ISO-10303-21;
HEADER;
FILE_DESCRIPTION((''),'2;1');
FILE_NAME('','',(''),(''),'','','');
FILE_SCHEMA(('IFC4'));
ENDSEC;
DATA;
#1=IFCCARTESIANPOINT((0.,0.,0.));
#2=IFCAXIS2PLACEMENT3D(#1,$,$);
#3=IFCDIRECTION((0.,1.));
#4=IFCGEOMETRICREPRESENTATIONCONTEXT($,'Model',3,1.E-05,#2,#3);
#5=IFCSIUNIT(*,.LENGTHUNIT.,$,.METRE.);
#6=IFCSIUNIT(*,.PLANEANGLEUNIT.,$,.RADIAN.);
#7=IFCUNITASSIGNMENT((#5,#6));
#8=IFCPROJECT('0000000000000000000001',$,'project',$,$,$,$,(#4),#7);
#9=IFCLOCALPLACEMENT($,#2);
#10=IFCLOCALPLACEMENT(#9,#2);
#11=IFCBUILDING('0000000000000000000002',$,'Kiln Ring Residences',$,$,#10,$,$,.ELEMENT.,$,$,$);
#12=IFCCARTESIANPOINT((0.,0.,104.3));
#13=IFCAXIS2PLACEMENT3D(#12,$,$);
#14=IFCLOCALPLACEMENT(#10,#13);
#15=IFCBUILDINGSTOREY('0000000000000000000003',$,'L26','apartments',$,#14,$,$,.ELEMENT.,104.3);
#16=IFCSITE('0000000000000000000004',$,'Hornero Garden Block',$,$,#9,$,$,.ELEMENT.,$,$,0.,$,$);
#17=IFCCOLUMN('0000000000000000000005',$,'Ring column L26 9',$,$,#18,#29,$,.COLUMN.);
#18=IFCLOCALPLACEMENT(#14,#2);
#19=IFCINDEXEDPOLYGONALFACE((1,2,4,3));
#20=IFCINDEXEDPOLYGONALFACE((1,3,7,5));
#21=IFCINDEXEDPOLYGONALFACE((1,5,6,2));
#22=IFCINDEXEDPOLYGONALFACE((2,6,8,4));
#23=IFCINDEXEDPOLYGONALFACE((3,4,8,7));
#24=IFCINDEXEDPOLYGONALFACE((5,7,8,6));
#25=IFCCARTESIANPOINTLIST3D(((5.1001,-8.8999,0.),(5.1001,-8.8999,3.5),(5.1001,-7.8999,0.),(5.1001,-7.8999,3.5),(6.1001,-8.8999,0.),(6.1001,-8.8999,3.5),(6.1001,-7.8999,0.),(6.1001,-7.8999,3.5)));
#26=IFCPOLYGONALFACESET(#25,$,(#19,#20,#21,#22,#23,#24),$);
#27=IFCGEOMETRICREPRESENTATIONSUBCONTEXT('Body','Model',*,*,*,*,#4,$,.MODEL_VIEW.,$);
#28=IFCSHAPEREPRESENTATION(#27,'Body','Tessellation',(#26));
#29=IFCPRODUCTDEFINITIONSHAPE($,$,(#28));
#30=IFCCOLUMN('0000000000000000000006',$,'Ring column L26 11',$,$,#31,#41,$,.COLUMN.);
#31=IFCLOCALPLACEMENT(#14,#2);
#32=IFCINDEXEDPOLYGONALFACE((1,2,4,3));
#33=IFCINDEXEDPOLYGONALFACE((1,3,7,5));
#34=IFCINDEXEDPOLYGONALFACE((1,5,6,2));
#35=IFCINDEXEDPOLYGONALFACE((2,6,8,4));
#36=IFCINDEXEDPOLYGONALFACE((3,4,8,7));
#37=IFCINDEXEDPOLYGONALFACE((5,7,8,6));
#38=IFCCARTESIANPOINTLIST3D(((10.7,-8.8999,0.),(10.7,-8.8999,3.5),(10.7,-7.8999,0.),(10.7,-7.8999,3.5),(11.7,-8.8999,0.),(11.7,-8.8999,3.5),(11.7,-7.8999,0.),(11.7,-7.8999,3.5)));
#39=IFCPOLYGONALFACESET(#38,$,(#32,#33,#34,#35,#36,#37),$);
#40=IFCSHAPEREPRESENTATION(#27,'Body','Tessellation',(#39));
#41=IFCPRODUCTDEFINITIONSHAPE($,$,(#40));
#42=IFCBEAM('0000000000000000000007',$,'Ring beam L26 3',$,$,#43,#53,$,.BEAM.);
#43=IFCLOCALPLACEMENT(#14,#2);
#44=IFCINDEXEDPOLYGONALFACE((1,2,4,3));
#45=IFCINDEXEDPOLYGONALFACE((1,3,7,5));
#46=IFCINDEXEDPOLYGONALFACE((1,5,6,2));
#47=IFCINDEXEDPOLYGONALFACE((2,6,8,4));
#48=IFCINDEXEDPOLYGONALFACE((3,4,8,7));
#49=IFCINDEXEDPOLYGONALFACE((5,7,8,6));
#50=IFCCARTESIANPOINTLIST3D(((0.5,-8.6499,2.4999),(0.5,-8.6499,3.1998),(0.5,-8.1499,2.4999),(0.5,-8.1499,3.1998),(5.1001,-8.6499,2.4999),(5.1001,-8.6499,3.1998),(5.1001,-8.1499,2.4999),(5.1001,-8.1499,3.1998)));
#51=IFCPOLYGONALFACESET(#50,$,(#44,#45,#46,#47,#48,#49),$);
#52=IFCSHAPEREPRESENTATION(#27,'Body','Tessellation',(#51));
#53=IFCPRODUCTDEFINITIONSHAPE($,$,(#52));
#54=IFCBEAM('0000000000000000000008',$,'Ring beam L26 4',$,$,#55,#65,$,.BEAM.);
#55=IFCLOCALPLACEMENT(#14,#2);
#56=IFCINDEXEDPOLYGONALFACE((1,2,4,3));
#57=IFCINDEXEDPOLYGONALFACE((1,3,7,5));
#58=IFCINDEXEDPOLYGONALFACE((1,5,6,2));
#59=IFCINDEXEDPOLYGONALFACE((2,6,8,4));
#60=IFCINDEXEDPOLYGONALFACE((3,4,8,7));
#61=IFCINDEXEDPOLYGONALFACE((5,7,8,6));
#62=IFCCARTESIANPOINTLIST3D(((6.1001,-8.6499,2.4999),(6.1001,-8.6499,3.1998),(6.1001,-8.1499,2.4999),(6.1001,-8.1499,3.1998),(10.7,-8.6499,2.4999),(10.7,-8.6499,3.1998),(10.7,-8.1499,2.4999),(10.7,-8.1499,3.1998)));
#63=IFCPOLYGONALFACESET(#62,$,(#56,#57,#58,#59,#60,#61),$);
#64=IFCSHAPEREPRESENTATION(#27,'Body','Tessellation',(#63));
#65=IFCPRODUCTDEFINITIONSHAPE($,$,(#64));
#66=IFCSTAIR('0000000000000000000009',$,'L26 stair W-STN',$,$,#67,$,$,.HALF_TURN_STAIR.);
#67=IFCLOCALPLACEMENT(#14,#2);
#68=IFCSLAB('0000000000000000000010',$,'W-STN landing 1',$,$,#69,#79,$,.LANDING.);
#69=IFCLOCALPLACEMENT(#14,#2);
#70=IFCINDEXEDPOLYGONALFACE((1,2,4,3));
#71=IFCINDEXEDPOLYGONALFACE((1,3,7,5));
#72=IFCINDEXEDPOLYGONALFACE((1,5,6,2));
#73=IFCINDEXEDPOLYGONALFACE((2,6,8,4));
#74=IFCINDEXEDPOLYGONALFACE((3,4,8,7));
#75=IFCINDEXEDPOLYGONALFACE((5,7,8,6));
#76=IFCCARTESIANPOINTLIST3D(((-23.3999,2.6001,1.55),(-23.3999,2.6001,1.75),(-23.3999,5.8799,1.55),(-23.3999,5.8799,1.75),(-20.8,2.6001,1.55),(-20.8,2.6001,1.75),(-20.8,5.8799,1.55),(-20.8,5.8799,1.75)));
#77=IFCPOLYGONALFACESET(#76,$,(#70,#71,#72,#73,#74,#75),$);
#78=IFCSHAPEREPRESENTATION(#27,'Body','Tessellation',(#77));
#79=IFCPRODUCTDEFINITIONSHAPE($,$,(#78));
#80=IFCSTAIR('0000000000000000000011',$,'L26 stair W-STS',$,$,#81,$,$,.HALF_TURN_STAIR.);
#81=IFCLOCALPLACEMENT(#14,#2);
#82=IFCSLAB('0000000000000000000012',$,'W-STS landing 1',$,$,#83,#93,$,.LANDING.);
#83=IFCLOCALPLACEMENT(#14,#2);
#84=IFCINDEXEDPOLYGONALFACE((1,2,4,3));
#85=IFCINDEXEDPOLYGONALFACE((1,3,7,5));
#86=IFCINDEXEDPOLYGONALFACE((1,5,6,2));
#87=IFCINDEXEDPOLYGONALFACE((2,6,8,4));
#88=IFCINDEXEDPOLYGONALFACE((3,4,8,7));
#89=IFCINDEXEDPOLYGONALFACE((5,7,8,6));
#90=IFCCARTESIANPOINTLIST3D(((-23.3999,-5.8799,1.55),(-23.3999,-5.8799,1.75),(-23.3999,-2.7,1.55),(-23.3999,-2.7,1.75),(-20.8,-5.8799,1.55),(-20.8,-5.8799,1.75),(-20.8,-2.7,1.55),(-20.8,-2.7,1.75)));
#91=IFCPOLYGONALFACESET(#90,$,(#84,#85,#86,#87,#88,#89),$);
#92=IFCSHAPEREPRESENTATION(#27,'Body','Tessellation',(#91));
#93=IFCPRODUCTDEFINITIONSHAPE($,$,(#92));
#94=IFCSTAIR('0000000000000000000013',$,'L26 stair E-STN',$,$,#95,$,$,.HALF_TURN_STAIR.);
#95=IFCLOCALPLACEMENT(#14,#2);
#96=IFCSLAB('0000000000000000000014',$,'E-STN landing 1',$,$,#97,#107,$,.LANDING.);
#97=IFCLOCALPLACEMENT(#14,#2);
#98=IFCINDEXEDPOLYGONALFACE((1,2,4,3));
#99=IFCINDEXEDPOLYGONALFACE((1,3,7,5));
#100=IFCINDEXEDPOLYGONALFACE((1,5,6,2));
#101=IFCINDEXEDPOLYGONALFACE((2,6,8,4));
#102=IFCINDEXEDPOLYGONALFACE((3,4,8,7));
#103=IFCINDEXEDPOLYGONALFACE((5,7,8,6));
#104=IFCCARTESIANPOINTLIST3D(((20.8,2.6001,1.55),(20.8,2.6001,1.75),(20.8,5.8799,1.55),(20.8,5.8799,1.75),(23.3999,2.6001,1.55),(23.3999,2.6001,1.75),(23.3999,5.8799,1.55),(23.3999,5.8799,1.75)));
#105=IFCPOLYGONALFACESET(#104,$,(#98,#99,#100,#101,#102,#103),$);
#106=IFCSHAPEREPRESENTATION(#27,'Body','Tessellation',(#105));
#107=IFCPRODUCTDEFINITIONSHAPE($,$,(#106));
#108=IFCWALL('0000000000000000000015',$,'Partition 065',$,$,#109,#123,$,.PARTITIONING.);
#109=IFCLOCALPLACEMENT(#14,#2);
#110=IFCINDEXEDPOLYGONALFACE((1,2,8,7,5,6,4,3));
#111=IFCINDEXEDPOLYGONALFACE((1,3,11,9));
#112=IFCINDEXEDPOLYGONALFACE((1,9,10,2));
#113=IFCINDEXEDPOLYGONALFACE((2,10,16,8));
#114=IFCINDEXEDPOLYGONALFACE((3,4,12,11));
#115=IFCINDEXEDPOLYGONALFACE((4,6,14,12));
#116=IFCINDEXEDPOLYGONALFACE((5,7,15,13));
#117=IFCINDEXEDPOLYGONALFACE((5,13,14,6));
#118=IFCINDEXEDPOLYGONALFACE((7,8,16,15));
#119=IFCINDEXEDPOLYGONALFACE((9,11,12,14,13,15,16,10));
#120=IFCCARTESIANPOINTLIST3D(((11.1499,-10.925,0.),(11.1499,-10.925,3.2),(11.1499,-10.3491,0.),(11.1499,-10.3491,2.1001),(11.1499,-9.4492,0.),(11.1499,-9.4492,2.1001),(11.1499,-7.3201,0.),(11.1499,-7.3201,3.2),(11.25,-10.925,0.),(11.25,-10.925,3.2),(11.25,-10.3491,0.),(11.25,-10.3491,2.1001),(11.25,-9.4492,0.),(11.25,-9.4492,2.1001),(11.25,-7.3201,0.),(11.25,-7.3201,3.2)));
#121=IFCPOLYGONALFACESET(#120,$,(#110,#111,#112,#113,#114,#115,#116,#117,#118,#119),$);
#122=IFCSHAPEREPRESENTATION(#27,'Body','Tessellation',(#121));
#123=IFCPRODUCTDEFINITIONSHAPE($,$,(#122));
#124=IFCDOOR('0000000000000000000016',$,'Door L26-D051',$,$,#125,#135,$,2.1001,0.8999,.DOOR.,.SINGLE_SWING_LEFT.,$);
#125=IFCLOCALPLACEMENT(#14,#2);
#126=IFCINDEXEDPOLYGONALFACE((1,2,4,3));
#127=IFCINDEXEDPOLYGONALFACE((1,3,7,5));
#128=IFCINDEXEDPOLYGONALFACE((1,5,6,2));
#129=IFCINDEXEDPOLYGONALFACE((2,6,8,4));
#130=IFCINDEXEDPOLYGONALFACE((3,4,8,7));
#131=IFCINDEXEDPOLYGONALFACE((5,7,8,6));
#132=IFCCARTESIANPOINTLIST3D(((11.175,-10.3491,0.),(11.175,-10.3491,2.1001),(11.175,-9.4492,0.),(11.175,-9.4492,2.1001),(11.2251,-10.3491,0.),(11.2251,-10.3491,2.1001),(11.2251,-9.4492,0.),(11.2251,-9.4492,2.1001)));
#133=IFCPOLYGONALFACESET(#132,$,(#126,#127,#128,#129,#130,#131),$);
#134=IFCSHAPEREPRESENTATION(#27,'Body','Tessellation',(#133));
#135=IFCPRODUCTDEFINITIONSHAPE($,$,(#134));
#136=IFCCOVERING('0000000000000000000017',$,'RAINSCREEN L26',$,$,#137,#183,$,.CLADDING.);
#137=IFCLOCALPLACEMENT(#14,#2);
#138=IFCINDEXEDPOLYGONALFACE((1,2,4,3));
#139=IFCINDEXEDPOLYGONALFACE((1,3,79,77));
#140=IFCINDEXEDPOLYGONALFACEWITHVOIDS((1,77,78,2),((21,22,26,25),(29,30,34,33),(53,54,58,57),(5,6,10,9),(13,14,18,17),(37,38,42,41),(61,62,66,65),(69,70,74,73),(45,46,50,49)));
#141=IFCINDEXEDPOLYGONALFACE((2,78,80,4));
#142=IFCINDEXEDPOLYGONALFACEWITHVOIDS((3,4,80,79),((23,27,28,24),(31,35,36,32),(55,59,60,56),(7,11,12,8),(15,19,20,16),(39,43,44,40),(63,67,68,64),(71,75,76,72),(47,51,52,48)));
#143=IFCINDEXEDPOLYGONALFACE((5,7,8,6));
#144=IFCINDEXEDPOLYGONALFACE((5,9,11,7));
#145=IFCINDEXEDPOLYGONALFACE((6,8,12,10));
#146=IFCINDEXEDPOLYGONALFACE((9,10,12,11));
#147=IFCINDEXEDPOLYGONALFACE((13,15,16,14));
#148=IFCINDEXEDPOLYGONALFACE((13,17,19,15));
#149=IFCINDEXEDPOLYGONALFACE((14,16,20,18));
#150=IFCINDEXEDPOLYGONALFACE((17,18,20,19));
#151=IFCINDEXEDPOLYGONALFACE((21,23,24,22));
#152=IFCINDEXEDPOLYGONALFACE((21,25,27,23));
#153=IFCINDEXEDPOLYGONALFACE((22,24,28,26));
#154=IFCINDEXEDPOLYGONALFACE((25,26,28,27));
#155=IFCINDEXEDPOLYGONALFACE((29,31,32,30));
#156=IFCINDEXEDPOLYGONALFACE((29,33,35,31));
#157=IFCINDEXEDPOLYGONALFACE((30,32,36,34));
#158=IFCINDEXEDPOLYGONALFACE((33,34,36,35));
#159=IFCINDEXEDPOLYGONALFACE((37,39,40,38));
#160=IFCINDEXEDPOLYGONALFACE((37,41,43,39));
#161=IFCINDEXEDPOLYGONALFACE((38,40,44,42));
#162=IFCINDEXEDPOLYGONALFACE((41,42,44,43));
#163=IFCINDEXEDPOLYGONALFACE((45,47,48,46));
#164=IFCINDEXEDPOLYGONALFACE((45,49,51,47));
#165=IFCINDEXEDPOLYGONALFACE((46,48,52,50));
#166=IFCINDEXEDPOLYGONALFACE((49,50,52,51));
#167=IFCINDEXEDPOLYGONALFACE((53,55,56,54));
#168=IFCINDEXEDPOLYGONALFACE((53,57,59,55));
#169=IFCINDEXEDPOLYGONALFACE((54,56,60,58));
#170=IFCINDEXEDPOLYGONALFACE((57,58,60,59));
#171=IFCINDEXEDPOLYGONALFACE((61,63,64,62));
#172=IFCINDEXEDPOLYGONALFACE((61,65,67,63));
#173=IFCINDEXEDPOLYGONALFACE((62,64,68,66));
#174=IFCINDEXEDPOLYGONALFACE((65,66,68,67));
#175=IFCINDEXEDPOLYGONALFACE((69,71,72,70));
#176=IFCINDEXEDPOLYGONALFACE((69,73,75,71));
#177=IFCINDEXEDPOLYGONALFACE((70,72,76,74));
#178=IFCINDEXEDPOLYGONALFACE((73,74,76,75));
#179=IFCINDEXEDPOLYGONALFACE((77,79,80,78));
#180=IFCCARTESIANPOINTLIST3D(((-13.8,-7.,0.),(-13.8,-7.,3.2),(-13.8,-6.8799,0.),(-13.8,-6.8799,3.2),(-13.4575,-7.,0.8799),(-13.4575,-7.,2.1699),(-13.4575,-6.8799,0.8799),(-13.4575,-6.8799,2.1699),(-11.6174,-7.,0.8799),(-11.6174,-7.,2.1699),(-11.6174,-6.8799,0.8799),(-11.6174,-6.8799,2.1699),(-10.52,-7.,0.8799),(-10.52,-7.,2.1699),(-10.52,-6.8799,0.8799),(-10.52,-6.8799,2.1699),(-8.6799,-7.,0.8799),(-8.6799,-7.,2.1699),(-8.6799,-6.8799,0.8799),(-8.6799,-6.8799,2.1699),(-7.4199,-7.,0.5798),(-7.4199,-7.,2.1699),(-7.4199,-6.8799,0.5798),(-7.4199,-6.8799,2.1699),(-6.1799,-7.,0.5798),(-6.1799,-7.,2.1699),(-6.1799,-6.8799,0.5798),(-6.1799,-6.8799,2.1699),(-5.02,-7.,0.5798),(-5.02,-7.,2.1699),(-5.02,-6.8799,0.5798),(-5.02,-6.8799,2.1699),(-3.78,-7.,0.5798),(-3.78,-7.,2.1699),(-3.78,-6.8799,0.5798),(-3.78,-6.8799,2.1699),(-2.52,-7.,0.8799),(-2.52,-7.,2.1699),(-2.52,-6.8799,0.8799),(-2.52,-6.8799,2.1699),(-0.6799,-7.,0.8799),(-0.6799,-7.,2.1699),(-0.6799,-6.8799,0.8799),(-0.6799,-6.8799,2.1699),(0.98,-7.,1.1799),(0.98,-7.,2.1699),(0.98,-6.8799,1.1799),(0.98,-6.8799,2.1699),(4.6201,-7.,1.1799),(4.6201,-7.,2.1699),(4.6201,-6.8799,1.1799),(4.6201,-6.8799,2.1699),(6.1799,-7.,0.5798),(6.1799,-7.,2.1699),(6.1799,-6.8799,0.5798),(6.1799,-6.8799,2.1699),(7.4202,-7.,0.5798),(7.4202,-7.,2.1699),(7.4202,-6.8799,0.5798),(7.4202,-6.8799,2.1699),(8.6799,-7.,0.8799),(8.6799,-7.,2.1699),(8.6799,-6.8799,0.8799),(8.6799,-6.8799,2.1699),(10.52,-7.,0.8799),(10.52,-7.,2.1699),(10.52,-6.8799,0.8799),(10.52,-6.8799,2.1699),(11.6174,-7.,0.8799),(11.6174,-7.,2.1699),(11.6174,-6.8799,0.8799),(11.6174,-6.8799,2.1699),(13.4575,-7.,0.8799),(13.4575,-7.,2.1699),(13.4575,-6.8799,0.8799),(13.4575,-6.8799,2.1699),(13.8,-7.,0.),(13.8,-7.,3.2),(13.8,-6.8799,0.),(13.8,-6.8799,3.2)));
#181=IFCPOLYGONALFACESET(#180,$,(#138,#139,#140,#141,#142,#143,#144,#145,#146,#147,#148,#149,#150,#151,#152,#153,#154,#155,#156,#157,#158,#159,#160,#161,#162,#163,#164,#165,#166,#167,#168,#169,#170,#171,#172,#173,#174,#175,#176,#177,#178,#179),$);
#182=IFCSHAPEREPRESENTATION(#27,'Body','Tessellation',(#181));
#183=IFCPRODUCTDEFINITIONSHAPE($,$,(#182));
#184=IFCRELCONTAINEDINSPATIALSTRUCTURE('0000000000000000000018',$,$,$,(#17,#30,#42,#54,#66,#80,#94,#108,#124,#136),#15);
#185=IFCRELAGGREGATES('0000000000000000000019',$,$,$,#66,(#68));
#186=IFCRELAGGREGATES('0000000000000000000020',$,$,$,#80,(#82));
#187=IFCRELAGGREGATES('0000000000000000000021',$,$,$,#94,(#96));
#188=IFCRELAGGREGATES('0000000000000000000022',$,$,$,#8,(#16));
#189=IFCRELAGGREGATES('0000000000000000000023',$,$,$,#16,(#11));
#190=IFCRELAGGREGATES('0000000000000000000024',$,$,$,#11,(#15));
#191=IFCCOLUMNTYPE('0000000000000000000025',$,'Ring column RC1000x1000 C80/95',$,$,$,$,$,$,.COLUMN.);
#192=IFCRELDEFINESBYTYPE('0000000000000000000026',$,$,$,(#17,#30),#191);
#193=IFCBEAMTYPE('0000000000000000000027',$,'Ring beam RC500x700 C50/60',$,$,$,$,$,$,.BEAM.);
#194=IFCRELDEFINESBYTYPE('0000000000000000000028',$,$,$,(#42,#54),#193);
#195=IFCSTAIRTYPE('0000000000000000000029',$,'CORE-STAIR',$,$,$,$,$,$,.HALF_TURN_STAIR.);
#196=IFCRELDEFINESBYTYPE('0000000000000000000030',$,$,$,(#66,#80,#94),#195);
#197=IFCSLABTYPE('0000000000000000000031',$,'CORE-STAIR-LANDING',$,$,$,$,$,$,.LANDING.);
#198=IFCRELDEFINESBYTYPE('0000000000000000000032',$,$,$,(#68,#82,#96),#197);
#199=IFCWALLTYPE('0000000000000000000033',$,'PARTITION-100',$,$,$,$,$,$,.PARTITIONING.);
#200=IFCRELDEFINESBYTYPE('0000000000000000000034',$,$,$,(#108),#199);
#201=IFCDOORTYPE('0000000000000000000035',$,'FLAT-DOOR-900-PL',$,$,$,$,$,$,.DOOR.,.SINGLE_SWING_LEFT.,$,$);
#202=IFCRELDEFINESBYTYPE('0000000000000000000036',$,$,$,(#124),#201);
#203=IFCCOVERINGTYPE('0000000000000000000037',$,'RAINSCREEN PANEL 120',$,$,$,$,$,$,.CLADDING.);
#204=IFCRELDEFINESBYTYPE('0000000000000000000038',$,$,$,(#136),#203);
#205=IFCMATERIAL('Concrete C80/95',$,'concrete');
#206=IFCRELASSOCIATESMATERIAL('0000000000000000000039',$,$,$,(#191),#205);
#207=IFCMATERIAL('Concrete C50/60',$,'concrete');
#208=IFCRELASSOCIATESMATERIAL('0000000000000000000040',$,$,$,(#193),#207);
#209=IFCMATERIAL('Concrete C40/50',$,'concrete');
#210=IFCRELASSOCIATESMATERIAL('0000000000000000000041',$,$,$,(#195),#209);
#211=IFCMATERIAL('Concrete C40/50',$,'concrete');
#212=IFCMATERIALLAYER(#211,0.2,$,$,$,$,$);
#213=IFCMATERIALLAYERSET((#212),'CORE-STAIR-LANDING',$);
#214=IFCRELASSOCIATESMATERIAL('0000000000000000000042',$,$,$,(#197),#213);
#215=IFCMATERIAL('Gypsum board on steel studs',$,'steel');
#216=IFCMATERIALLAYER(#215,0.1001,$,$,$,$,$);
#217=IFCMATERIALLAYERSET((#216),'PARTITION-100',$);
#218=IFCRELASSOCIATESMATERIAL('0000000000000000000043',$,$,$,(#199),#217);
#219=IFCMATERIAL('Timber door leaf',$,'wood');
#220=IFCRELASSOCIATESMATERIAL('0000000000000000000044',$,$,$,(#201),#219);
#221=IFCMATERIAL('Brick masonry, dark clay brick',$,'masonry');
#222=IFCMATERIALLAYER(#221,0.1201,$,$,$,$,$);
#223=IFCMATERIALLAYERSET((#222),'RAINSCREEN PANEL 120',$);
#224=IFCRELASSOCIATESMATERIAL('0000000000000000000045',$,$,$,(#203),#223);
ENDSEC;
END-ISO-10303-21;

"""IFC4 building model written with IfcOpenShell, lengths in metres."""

from ifc_helpers import new_model, si_unit, direction, frame, frame_2d, origin, origin_2d, place, context, subcontext, project, spatial, polyline, rectangle, outline, extrude, material, layer, layer_set, material_profile, profile_set, type_object, element, fill, aggregate, save


model = new_model("IFC4")

# Units and contexts
model_context = context("Model", 3, precision=1e-05, world=origin(), true_north=direction((0.0, 1.0)))
body_context = subcontext(model_context, "Body", "Model", "MODEL_VIEW")
ifc_project = project(units=[si_unit("LENGTHUNIT", "METRE"), si_unit("PLANEANGLEUNIT", "RADIAN")], contexts=[model_context])

# Site, building, storey
site_placement = place(None, origin())
site = spatial("IfcSite", under=ifc_project, at=site_placement, Name="Hornero Garden Block", CompositionType="ELEMENT", RefElevation=0.0)
building_placement = place(site_placement, origin())
building = spatial("IfcBuilding", under=site, at=building_placement, Name="Kiln Ring Residences", CompositionType="ELEMENT")
storey_placement = place(building_placement, frame((0.0, 0.0, 104.3)))
storey = spatial("IfcBuildingStorey", under=building, at=storey_placement, Name="L26", Description="apartments", CompositionType="ELEMENT", Elevation=104.3)

# Columns
ifc_material_1 = material(Name="Concrete C80/95", Category="concrete")
ifc_material_profile_1 = material_profile(ifc_material_1, rectangle(XDim=1.0, YDim=1.0, at=origin_2d()), Name="RC1000x1000")
ifc_profile_set_1 = profile_set([ifc_material_profile_1], Name="Concrete C80/95")
column_type = type_object("IfcColumnType", Name="Ring column RC1000x1000 C80/95", PredefinedType="COLUMN", material=ifc_profile_set_1)
for number, where, z_axis, x_axis, name in (
    (1, (5.6001, -8.3999, 0.0), (0.0, 0.0, 1.0), (1.0, 0.0, 0.0), "Ring column L26 9"),
    (2, (11.2, -8.3999, 0.0), (0.0, 0.0, 1.0), (1.0, 0.0, 0.0), "Ring column L26 11"),
):
    element("IfcColumn", number, at=place(storey_placement, frame(where, z_axis=z_axis, x_axis=x_axis)), inside=storey, type_object=column_type, Name=name, PredefinedType="COLUMN", context=body_context, shape_type="SweptSolid", body=[
        extrude(rectangle(XDim=1.0, YDim=1.0, at=origin_2d()), origin(), (0.0, 0.0, 1.0), 3.5),
    ])

# Beams
ifc_material_2 = material(Name="Concrete C50/60", Category="concrete")
ifc_material_profile_2 = material_profile(ifc_material_2, rectangle(XDim=0.5, YDim=0.7, at=origin_2d()), Name="RC500x700")
ifc_profile_set_2 = profile_set([ifc_material_profile_2], Name="Concrete C50/60")
beam_type = type_object("IfcBeamType", Name="Ring beam RC500x700 C50/60", PredefinedType="BEAM", material=ifc_profile_set_2)
beam_1_placement = place(storey_placement, frame((0.5, -8.3999, 2.8499), z_axis=(1.0, 0.0, 0.0), x_axis=(0.0, 1.0, 0.0)))
element("IfcBeam", 3, at=beam_1_placement, inside=storey, type_object=beam_type, Name="Ring beam L26 3", PredefinedType="BEAM", context=body_context, shape_type="SweptSolid", body=[
    extrude(rectangle(XDim=0.5, YDim=0.7, at=origin_2d()), origin(), (0.0, 0.0, 1.0), 4.6001),
])
beam_2_placement = place(storey_placement, frame((6.1001, -8.3999, 2.8499), z_axis=(1.0, 0.0, 0.0), x_axis=(0.0, 1.0, 0.0)))
element("IfcBeam", 4, at=beam_2_placement, inside=storey, type_object=beam_type, Name="Ring beam L26 4", PredefinedType="BEAM", context=body_context, shape_type="SweptSolid", body=[
    extrude(rectangle(XDim=0.5, YDim=0.7, at=origin_2d()), origin(), (0.0, 0.0, 1.0), 4.5999),
])

# Stairs, slabs
ifc_material_3 = material(Name="Concrete C40/50", Category="concrete")
stair_type = type_object("IfcStairType", Name="CORE-STAIR", PredefinedType="HALF_TURN_STAIR", material=ifc_material_3)
placement_1 = place(storey_placement, origin())
stair_1 = element("IfcStair", 5, at=placement_1, inside=storey, type_object=stair_type, Name="L26 stair W-STN", PredefinedType="HALF_TURN_STAIR")
ifc_material_4 = material(Name="Concrete C40/50", Category="concrete")
ifc_layer_1 = layer(ifc_material_4, 0.2)
ifc_layer_set_1 = layer_set([ifc_layer_1], Name="CORE-STAIR-LANDING")
slab_type = type_object("IfcSlabType", Name="CORE-STAIR-LANDING", PredefinedType="LANDING", material=ifc_layer_set_1)
placement_2 = place(storey_placement, frame((0.0, 0.0, 1.55)))
slab_1 = element("IfcSlab", 6, at=placement_2, type_object=slab_type, Name="W-STN landing 1", PredefinedType="LANDING", context=body_context, shape_type="SweptSolid", body=[
    extrude(outline(polyline([(-23.3999, 5.8799), (-23.3999, 2.6001), (-20.8, 2.6001), (-20.8, 5.8799), (-23.3999, 5.8799)])), origin(), (0.0, 0.0, 1.0), 0.2),
])
aggregate(stair_1, [slab_1])
stair_2 = element("IfcStair", 7, at=placement_1, inside=storey, type_object=stair_type, Name="L26 stair W-STS", PredefinedType="HALF_TURN_STAIR")
slab_2 = element("IfcSlab", 8, at=placement_2, type_object=slab_type, Name="W-STS landing 1", PredefinedType="LANDING", context=body_context, shape_type="SweptSolid", body=[
    extrude(outline(polyline([(-20.8, -5.8799), (-20.8, -2.7), (-23.3999, -2.7), (-23.3999, -5.8799), (-20.8, -5.8799)])), origin(), (0.0, 0.0, 1.0), 0.2),
])
aggregate(stair_2, [slab_2])
stair_3 = element("IfcStair", 9, at=placement_1, inside=storey, type_object=stair_type, Name="L26 stair E-STN", PredefinedType="HALF_TURN_STAIR")
slab_3 = element("IfcSlab", 10, at=placement_2, type_object=slab_type, Name="E-STN landing 1", PredefinedType="LANDING", context=body_context, shape_type="SweptSolid", body=[
    extrude(outline(polyline([(20.8, 5.8799), (20.8, 2.6001), (23.3999, 2.6001), (23.3999, 5.8799), (20.8, 5.8799)])), origin(), (0.0, 0.0, 1.0), 0.2),
])
aggregate(stair_3, [slab_3])

# Wall, opening, door
ifc_material_5 = material(Name="Gypsum board on steel studs", Category="steel")
ifc_layer_2 = layer(ifc_material_5, 0.1001)
ifc_layer_set_2 = layer_set([ifc_layer_2], Name="PARTITION-100")
wall_type_1 = type_object("IfcWallType", Name="PARTITION-100", PredefinedType="PARTITIONING", material=ifc_layer_set_2)
wall_1_placement = place(storey_placement, frame((11.2, -10.925, 0.0), z_axis=(0.0, 0.0, 1.0), x_axis=(0.0, 1.0, 0.0)))
wall_1 = element("IfcWall", 11, at=wall_1_placement, inside=storey, type_object=wall_type_1, Name="Partition 065", PredefinedType="PARTITIONING", context=body_context, shape_type="SweptSolid", body=[
    extrude(rectangle(XDim=3.605, YDim=0.1001, at=frame_2d((1.8025, 0.0))), origin(), (0.0, 0.0, 1.0), 3.2),
])
opening_1_placement = place(wall_1_placement, frame((0.5759, 0.0, 0.0)))
opening_1 = element("IfcOpeningElement", 12, at=opening_1_placement, cuts=wall_1, PredefinedType="OPENING", context=body_context, shape_type="SweptSolid", body=[
    extrude(rectangle(XDim=0.8999, YDim=2.1001, at=frame_2d((0.45, 1.05))), frame((0.0, 0.0601, 0.0), z_axis=(0.0, -1.0, 0.0), x_axis=(1.0, 0.0, 0.0)), (0.0, 0.0, 1.0), 0.1201),
])
ifc_material_6 = material(Name="Timber door leaf", Category="wood")
door_type = type_object("IfcDoorType", Name="FLAT-DOOR-900-PL", OperationType="SINGLE_SWING_LEFT", PredefinedType="DOOR", material=ifc_material_6)
door_placement = place(opening_1_placement, origin())
door = element("IfcDoor", 13, at=door_placement, inside=storey, type_object=door_type, Name="Door L26-D051", OperationType="SINGLE_SWING_LEFT", OverallHeight=2.1001, OverallWidth=0.8999, PredefinedType="DOOR", context=body_context, shape_type="SweptSolid", body=[
    extrude(rectangle(XDim=0.8999, YDim=2.1001, at=frame_2d((0.45, 1.05))), frame((0.0, 0.0249, 0.0), z_axis=(0.0, -1.0, 0.0), x_axis=(1.0, 0.0, 0.0)), (0.0, 0.0, 1.0), 0.05),
])
fill(opening_1, door)

# Covering
ifc_material_7 = material(Name="Brick masonry, dark clay brick", Category="masonry")
ifc_layer_3 = layer(ifc_material_7, 0.1201)
ifc_layer_set_3 = layer_set([ifc_layer_3], Name="RAINSCREEN PANEL 120")
covering_type_1 = type_object("IfcCoveringType", Name="RAINSCREEN PANEL 120", PredefinedType="CLADDING", material=ifc_layer_set_3)
covering_1_placement = place(storey_placement, frame((13.8, -6.9399, 0.0), z_axis=(0.0, 0.0, 1.0), x_axis=(-1.0, 0.0, 0.0)))
element("IfcCovering", 14, at=covering_1_placement, inside=storey, type_object=covering_type_1, Name="RAINSCREEN L26", PredefinedType="CLADDING", context=body_context, shape_type="SweptSolid", body=[
    extrude(outline(polyline([(0.0, 0.0), (27.6001, 0.0), (27.6001, 3.2), (0.0, 3.2), (0.0, 0.0)]), holes=[polyline([(6.3799, 0.5798), (7.6201, 0.5798), (7.6201, 2.1699), (6.3799, 2.1699), (6.3799, 0.5798)]), polyline([(17.5801, 0.5798), (18.8201, 0.5798), (18.8201, 2.1699), (17.5801, 2.1699), (17.5801, 0.5798)]), polyline([(19.98, 0.5798), (21.22, 0.5798), (21.22, 2.1699), (19.98, 2.1699), (19.98, 0.5798)]), polyline([(0.3425, 0.8799), (2.1826, 0.8799), (2.1826, 2.1699), (0.3425, 2.1699), (0.3425, 0.8799)]), polyline([(3.28, 0.8799), (5.1201, 0.8799), (5.1201, 2.1699), (3.28, 2.1699), (3.28, 0.8799)]), polyline([(14.48, 0.8799), (16.3201, 0.8799), (16.3201, 2.1699), (14.48, 2.1699), (14.48, 0.8799)]), polyline([(22.48, 0.8799), (24.3201, 0.8799), (24.3201, 2.1699), (22.48, 2.1699), (22.48, 0.8799)]), polyline([(25.4175, 2.1699), (25.4175, 0.8799), (27.2576, 0.8799), (27.2576, 2.1699), (25.4175, 2.1699)]), polyline([(9.1799, 2.1699), (9.1799, 1.1799), (12.8201, 1.1799), (12.8201, 2.1699), (9.1799, 2.1699)])]), frame((0.0, 0.0601, 0.0), z_axis=(0.0, -1.0, 0.0), x_axis=(1.0, 0.0, 0.0)), (0.0, 0.0, 1.0), 0.1201),
])

save(model, "model.ifc")
